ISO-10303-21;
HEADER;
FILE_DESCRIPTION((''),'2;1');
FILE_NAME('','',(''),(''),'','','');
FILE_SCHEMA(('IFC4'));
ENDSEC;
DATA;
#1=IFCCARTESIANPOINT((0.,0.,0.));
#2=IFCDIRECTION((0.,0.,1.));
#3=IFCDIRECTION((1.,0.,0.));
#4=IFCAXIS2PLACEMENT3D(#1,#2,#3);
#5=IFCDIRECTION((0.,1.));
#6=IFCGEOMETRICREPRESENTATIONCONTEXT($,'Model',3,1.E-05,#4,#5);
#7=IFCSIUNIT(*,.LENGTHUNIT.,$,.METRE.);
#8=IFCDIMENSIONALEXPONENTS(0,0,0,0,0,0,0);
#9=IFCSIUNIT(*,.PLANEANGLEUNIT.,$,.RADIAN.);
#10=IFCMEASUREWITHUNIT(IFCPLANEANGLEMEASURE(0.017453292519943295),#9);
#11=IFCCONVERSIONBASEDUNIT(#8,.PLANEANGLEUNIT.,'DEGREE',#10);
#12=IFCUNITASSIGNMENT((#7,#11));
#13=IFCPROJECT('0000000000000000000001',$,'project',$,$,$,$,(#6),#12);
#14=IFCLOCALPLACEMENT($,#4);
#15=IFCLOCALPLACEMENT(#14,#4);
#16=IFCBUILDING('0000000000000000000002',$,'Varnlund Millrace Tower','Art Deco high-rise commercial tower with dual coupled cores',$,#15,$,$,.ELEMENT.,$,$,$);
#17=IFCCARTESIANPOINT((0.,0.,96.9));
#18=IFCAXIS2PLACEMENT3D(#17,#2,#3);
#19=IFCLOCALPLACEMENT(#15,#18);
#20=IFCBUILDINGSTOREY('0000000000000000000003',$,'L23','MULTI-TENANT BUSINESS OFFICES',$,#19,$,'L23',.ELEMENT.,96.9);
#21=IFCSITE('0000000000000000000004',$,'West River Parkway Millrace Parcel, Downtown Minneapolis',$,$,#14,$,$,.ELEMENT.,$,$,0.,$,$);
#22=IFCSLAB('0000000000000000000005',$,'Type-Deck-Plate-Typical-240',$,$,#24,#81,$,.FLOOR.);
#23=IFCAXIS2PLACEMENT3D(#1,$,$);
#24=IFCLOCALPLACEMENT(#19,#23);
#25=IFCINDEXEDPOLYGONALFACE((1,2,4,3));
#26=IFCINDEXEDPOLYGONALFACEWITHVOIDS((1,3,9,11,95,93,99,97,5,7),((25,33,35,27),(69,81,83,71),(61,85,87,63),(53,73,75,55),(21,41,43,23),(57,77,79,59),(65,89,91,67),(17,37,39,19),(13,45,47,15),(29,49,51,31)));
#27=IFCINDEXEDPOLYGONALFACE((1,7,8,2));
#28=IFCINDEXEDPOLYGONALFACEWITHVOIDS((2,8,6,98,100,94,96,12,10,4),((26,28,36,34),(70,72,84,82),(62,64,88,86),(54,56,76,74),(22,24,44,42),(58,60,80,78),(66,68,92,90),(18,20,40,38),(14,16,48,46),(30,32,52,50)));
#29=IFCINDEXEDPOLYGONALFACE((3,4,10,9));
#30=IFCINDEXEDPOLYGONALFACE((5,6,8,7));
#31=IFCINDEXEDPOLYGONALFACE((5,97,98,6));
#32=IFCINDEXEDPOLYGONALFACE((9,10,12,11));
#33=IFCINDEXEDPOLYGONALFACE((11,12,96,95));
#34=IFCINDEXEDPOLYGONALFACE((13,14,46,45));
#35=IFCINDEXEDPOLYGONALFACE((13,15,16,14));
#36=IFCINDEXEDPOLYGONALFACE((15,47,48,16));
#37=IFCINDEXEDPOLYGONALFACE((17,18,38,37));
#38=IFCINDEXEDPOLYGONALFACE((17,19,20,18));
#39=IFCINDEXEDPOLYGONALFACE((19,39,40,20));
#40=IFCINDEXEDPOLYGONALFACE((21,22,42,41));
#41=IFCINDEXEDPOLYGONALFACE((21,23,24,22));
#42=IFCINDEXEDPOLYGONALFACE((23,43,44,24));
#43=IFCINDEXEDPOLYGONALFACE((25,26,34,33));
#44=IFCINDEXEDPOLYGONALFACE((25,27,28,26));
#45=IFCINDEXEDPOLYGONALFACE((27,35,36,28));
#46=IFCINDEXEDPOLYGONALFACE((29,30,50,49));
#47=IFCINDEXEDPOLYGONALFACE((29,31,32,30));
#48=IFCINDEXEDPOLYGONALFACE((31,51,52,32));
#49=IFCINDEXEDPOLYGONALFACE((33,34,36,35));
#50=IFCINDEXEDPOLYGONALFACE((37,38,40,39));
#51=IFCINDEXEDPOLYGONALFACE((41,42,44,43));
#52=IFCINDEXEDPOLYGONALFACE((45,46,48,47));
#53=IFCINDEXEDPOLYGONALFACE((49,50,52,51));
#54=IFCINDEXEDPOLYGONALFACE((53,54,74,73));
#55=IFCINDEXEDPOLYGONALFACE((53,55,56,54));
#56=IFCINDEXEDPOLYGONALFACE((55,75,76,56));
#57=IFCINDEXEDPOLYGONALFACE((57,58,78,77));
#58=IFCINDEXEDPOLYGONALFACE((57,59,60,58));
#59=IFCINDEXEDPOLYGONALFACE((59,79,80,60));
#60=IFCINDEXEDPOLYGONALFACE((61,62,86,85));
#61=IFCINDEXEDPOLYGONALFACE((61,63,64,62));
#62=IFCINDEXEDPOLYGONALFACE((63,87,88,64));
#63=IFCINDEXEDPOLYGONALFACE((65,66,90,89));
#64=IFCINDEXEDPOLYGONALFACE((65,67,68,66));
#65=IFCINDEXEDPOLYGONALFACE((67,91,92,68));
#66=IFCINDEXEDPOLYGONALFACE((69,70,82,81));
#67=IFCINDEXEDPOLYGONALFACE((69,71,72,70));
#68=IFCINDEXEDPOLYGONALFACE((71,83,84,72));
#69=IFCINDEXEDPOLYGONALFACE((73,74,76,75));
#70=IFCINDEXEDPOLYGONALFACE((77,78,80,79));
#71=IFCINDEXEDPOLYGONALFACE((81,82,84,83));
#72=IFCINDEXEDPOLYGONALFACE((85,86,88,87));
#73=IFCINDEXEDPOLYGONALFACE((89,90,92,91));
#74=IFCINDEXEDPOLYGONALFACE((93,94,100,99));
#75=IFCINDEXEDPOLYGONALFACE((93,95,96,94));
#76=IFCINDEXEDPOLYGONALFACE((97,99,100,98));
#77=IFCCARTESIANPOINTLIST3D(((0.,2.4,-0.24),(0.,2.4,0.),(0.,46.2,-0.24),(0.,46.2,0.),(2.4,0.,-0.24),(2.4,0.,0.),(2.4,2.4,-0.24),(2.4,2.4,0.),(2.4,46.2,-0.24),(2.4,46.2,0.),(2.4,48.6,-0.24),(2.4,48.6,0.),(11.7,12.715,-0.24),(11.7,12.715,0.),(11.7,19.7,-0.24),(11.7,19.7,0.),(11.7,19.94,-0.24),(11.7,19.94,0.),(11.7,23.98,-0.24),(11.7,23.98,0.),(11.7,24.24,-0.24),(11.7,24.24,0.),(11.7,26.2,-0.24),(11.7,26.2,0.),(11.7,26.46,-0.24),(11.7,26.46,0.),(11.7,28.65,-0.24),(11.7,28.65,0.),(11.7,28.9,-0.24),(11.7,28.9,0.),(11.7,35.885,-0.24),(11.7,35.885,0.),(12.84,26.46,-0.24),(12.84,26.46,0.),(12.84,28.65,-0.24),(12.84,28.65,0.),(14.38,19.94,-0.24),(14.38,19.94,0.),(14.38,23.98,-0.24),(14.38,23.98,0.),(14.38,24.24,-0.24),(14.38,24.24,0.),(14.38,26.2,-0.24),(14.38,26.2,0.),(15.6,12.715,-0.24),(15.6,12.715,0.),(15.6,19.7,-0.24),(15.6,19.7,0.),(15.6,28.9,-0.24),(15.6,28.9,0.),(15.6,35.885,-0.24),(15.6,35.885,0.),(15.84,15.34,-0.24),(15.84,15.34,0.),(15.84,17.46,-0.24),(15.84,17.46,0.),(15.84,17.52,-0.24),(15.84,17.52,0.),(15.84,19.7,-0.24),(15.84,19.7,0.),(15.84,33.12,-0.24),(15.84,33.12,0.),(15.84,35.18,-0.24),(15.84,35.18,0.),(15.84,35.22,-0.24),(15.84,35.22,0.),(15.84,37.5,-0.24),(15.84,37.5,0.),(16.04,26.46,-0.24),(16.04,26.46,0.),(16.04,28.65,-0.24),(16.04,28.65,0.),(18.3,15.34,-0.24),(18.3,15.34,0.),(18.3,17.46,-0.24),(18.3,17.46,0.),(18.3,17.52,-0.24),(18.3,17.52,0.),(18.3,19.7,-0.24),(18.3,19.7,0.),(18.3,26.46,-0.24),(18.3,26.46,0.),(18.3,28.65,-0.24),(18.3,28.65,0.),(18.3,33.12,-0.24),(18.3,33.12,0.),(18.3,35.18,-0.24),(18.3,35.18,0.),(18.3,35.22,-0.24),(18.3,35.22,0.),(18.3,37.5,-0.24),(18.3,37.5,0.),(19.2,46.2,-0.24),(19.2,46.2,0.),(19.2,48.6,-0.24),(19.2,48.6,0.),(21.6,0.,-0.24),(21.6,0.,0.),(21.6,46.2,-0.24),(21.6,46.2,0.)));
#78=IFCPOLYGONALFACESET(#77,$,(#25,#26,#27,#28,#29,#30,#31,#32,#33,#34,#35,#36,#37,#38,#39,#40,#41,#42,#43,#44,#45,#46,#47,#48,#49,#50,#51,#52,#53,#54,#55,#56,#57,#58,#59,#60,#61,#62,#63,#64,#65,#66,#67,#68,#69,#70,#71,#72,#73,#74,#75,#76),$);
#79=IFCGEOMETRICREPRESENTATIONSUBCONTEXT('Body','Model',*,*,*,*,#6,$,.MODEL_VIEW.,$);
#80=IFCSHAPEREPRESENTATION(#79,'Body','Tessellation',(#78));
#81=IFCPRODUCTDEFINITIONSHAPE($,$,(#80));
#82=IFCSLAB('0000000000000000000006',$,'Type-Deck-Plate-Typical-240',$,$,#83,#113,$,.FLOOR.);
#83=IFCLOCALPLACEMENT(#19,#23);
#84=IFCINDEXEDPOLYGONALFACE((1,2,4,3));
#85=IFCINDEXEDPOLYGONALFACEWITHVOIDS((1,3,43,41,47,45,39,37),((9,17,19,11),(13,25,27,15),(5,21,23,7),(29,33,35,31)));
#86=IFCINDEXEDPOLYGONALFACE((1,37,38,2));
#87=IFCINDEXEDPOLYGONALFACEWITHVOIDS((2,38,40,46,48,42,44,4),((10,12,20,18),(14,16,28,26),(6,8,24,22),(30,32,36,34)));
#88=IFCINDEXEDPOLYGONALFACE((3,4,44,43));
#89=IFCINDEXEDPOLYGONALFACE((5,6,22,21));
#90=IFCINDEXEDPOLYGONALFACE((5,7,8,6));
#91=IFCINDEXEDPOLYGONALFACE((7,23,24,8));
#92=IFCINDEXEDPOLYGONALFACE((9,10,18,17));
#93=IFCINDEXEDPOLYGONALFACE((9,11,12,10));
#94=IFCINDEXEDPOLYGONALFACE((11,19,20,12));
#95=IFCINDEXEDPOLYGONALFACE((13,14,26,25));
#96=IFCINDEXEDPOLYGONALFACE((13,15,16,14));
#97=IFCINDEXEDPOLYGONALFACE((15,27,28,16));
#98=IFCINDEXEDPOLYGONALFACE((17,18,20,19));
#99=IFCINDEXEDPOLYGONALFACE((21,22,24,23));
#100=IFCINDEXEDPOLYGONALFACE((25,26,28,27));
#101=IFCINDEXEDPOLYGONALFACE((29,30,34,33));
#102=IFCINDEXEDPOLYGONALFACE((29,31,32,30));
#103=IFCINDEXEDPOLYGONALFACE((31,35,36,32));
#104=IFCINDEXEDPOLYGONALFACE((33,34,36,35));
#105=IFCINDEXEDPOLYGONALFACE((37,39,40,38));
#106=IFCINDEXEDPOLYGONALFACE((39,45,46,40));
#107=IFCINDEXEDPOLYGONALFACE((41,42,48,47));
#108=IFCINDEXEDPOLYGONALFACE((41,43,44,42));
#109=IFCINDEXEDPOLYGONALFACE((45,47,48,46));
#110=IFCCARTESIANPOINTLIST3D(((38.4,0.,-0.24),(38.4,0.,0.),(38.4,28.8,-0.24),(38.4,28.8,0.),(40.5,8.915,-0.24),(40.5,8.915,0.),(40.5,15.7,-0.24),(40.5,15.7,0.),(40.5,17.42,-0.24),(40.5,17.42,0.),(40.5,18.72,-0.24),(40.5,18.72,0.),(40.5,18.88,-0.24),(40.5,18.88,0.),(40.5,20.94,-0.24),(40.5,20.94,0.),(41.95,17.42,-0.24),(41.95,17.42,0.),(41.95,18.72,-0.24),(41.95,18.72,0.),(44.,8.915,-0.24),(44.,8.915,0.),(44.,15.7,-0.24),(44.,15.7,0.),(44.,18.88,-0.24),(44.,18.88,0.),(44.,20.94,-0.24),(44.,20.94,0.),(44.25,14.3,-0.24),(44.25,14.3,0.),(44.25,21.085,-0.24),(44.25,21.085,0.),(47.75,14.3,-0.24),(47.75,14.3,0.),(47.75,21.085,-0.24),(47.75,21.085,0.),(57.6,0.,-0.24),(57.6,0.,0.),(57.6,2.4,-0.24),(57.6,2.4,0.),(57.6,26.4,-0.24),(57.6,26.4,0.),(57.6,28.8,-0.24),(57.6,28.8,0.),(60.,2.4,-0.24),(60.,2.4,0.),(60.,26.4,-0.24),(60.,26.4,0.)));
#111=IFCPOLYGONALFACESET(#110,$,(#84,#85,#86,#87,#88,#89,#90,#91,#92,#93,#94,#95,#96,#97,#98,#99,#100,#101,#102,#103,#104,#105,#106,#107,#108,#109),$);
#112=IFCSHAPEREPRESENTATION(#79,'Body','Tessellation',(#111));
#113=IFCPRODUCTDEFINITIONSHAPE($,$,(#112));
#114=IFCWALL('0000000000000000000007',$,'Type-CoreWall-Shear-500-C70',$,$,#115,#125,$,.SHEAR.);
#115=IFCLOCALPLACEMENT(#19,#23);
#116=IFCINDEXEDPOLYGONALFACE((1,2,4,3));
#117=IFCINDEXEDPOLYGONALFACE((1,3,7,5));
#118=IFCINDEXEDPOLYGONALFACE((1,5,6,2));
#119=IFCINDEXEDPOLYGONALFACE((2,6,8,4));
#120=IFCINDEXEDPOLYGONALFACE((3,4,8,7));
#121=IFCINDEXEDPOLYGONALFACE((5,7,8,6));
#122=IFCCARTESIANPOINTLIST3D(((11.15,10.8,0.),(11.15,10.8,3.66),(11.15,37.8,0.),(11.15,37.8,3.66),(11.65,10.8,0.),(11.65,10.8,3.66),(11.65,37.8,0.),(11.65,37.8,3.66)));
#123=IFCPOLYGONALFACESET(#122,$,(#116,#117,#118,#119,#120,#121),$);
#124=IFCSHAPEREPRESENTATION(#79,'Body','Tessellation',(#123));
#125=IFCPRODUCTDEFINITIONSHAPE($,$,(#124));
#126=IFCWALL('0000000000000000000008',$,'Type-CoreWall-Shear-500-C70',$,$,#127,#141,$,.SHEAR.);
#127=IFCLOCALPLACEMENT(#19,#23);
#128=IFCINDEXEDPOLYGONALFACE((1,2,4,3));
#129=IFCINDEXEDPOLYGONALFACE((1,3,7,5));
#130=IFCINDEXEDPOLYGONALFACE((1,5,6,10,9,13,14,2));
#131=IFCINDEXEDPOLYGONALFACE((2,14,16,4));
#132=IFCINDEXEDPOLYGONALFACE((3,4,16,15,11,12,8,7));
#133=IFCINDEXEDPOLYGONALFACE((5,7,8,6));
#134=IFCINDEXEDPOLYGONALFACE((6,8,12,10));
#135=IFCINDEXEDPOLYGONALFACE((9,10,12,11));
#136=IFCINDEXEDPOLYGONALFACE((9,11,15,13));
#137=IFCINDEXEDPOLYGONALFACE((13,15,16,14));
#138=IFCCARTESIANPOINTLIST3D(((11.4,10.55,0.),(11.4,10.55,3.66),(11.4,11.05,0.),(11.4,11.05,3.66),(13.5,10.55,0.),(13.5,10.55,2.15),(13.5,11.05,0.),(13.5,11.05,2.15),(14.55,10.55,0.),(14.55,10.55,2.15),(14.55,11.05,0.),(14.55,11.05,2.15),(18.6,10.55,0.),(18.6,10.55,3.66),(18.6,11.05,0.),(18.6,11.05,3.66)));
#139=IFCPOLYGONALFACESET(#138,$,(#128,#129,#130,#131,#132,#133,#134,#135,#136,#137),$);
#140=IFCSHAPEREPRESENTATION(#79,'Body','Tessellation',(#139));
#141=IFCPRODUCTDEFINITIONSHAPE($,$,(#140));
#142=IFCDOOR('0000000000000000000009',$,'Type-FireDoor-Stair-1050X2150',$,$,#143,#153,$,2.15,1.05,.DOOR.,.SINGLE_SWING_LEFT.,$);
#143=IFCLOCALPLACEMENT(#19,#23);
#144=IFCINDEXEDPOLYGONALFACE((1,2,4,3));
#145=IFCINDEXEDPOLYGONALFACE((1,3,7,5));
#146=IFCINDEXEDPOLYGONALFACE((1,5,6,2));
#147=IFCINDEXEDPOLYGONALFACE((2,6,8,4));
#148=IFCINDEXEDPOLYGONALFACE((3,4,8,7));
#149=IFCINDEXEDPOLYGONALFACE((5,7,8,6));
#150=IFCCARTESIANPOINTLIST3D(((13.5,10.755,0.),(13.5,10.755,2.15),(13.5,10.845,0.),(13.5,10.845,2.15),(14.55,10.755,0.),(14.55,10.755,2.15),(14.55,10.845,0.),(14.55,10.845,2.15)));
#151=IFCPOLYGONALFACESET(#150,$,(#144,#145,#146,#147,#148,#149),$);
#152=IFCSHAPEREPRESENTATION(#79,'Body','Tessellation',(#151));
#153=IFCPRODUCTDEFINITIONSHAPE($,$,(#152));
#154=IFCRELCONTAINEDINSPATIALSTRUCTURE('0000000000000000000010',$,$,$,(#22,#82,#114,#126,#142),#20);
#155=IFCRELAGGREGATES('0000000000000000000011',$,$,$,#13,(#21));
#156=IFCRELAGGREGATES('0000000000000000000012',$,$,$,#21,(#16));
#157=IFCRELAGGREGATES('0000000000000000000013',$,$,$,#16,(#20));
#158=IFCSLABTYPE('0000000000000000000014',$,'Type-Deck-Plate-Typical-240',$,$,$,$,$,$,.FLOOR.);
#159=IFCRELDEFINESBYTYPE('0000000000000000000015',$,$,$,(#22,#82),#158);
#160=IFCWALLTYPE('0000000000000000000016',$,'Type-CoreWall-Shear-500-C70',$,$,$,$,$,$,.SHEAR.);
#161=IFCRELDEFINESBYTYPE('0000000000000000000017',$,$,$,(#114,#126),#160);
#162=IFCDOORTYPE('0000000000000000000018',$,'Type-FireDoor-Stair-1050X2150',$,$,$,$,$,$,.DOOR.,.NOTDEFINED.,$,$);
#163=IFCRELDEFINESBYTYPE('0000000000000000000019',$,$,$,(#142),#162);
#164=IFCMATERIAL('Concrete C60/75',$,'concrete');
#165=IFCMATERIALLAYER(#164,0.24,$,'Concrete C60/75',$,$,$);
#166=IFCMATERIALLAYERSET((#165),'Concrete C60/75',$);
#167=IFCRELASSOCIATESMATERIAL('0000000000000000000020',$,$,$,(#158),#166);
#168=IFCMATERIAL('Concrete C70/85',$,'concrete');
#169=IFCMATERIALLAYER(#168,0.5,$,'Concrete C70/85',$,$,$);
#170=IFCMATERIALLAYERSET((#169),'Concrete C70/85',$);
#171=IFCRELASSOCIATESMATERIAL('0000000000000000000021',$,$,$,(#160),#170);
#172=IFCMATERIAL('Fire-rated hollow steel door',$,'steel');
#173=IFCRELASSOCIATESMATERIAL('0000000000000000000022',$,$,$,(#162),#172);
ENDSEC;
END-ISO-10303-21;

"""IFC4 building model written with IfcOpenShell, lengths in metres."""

from ifc_helpers import new_model, entity, si_unit, converted_unit, direction, frame, origin_with_axes, origin_2d_with_axis, place, context, subcontext, project, spatial, polyline, rectangle, outline, extrude, material, layer, layer_set, type_object, element, fill, save


model = new_model("IFC4")

# Units and contexts
model_context = context("Model", 3, precision=1e-05, world=origin_with_axes(), true_north=direction((0.0, 1.0)))
body_context = subcontext(model_context, "Body", "Model", "MODEL_VIEW")
ifc_project = project(units=[si_unit("LENGTHUNIT", "METRE"), converted_unit("PLANEANGLEUNIT", "DEGREE", entity("IfcPlaneAngleMeasure", 0.017453292519943295), si_unit("PLANEANGLEUNIT", "RADIAN"), dimensions=[0, 0, 0, 0, 0, 0, 0])], contexts=[model_context])

# Site, building, storey
site_placement = place(None, origin_with_axes())
site = spatial("IfcSite", under=ifc_project, at=site_placement, Name="West River Parkway Millrace Parcel, Downtown Minneapolis", CompositionType="ELEMENT", RefElevation=0.0)
building_placement = place(site_placement, origin_with_axes())
building = spatial("IfcBuilding", under=site, at=building_placement, Name="Varnlund Millrace Tower", Description="Art Deco high-rise commercial tower with dual coupled cores", CompositionType="ELEMENT")
storey_placement = place(building_placement, frame((0.0, 0.0, 96.9), z_axis=(0.0, 0.0, 1.0), x_axis=(1.0, 0.0, 0.0)))
storey = spatial("IfcBuildingStorey", under=building, at=storey_placement, Name="L23", Description="MULTI-TENANT BUSINESS OFFICES", LongName="L23", CompositionType="ELEMENT", Elevation=96.9)

# Slabs
ifc_material_1 = material(Name="Concrete C60/75", Category="concrete")
ifc_layer_1 = layer(ifc_material_1, 0.24, Name="Concrete C60/75")
ifc_layer_set_1 = layer_set([ifc_layer_1], Name="Concrete C60/75")
slab_type = type_object("IfcSlabType", Name="Type-Deck-Plate-Typical-240", PredefinedType="FLOOR", material=ifc_layer_set_1)
slab_1_placement = place(storey_placement, frame((0.0, 0.0, -0.24), z_axis=(0.0, 0.0, 1.0), x_axis=(1.0, 0.0, 0.0)))
element("IfcSlab", 1, at=slab_1_placement, inside=storey, type_object=slab_type, Name="Type-Deck-Plate-Typical-240", PredefinedType="FLOOR", context=body_context, shape_type="SweptSolid", body=[
    extrude(outline(polyline([(2.4, 2.4), (2.4, 0.0), (21.6, 0.0), (21.6, 46.2), (19.2, 46.2), (19.2, 48.6), (2.4, 48.6), (2.4, 46.2), (0.0, 46.2), (0.0, 2.4), (2.4, 2.4)]), holes=[polyline([(15.6, 19.7), (15.6, 12.715), (11.7, 12.715), (11.7, 19.7), (15.6, 19.7)]), polyline([(11.7, 23.98), (14.38, 23.98), (14.38, 19.94), (11.7, 19.94), (11.7, 23.98)]), polyline([(14.38, 24.24), (11.7, 24.24), (11.7, 26.2), (14.38, 26.2), (14.38, 24.24)]), polyline([(12.84, 26.46), (11.7, 26.46), (11.7, 28.65), (12.84, 28.65), (12.84, 26.46)]), polyline([(15.6, 35.885), (15.6, 28.9), (11.7, 28.9), (11.7, 35.885), (15.6, 35.885)]), polyline([(18.3, 15.34), (15.84, 15.34), (15.84, 17.46), (18.3, 17.46), (18.3, 15.34)]), polyline([(18.3, 17.52), (15.84, 17.52), (15.84, 19.7), (18.3, 19.7), (18.3, 17.52)]), polyline([(18.3, 28.65), (18.3, 26.46), (16.04, 26.46), (16.04, 28.65), (18.3, 28.65)]), polyline([(18.3, 33.12), (15.84, 33.12), (15.84, 35.18), (18.3, 35.18), (18.3, 33.12)]), polyline([(18.3, 35.22), (15.84, 35.22), (15.84, 37.5), (18.3, 37.5), (18.3, 35.22)])]), origin_with_axes(), (0.0, 0.0, 1.0), 0.24),
])
slab_2_placement = place(storey_placement, frame((0.0, 0.0, -0.24), z_axis=(0.0, 0.0, 1.0), x_axis=(1.0, 0.0, 0.0)))
element("IfcSlab", 2, at=slab_2_placement, inside=storey, type_object=slab_type, Name="Type-Deck-Plate-Typical-240", PredefinedType="FLOOR", context=body_context, shape_type="SweptSolid", body=[
    extrude(outline(polyline([(38.4, 0.0), (57.6, 0.0), (57.6, 2.4), (60.0, 2.4), (60.0, 26.4), (57.6, 26.4), (57.6, 28.8), (38.4, 28.8), (38.4, 0.0)]), holes=[polyline([(40.5, 15.7), (44.0, 15.7), (44.0, 8.915), (40.5, 8.915), (40.5, 15.7)]), polyline([(44.25, 21.085), (47.75, 21.085), (47.75, 14.3), (44.25, 14.3), (44.25, 21.085)]), polyline([(40.5, 18.72), (41.95, 18.72), (41.95, 17.42), (40.5, 17.42), (40.5, 18.72)]), polyline([(40.5, 20.94), (44.0, 20.94), (44.0, 18.88), (40.5, 18.88), (40.5, 20.94)])]), origin_with_axes(), (0.0, 0.0, 1.0), 0.24),
])

# Wall
ifc_material_2 = material(Name="Concrete C70/85", Category="concrete")
ifc_layer_2 = layer(ifc_material_2, 0.5, Name="Concrete C70/85")
ifc_layer_set_2 = layer_set([ifc_layer_2], Name="Concrete C70/85")
wall_type = type_object("IfcWallType", Name="Type-CoreWall-Shear-500-C70", PredefinedType="SHEAR", material=ifc_layer_set_2)
wall_1_placement = place(storey_placement, frame((11.4, 10.8, 0.0), z_axis=(0.0, 0.0, 1.0), x_axis=(0.0, 1.0, 0.0)))
element("IfcWall", 3, at=wall_1_placement, inside=storey, type_object=wall_type, Name="Type-CoreWall-Shear-500-C70", PredefinedType="SHEAR", context=body_context, shape_type="SweptSolid", body=[
    extrude(outline(polyline([(0.0, -0.25), (27.0, -0.25), (27.0, 0.25), (0.0, 0.25), (0.0, -0.25)])), origin_with_axes(), (0.0, 0.0, 1.0), 3.66),
])

# Wall, opening, door
wall_2_placement = place(storey_placement, frame((11.4, 10.8, 0.0), z_axis=(0.0, 0.0, 1.0), x_axis=(1.0, 0.0, 0.0)))
wall_2 = element("IfcWall", 4, at=wall_2_placement, inside=storey, type_object=wall_type, Name="Type-CoreWall-Shear-500-C70", PredefinedType="SHEAR", context=body_context, shape_type="SweptSolid", body=[
    extrude(outline(polyline([(0.0, -0.25), (7.2, -0.25), (7.2, 0.25), (0.0, 0.25), (0.0, -0.25)])), origin_with_axes(), (0.0, 0.0, 1.0), 3.66),
])
opening_1_placement = place(wall_2_placement, frame((2.625, 0.0, 0.0), z_axis=(0.0, 0.0, 1.0), x_axis=(1.0, 0.0, 0.0)))
opening_1 = element("IfcOpeningElement", 5, at=opening_1_placement, cuts=wall_2, PredefinedType="OPENING", context=body_context, shape_type="SweptSolid", body=[
    extrude(rectangle(XDim=1.05, YDim=0.52, at=origin_2d_with_axis()), origin_with_axes(), (0.0, 0.0, 1.0), 2.15),
])
ifc_material_3 = material(Name="Fire-rated hollow steel door", Category="steel")
door_type = type_object("IfcDoorType", Name="Type-FireDoor-Stair-1050X2150", OperationType="NOTDEFINED", PredefinedType="DOOR", material=ifc_material_3)
door_1_placement = place(wall_2_placement, frame((2.625, 0.0, 0.0), z_axis=(0.0, 0.0, 1.0), x_axis=(1.0, 0.0, 0.0)))
door_1 = element("IfcDoor", 6, at=door_1_placement, inside=storey, type_object=door_type, Name="Type-FireDoor-Stair-1050X2150", OperationType="SINGLE_SWING_LEFT", OverallHeight=2.15, OverallWidth=1.05, PredefinedType="DOOR", context=body_context, shape_type="SweptSolid", body=[
    extrude(rectangle(XDim=1.05, YDim=0.09, at=origin_2d_with_axis()), origin_with_axes(), (0.0, 0.0, 1.0), 2.15),
])
fill(opening_1, door_1)

save(model, "model.ifc")
